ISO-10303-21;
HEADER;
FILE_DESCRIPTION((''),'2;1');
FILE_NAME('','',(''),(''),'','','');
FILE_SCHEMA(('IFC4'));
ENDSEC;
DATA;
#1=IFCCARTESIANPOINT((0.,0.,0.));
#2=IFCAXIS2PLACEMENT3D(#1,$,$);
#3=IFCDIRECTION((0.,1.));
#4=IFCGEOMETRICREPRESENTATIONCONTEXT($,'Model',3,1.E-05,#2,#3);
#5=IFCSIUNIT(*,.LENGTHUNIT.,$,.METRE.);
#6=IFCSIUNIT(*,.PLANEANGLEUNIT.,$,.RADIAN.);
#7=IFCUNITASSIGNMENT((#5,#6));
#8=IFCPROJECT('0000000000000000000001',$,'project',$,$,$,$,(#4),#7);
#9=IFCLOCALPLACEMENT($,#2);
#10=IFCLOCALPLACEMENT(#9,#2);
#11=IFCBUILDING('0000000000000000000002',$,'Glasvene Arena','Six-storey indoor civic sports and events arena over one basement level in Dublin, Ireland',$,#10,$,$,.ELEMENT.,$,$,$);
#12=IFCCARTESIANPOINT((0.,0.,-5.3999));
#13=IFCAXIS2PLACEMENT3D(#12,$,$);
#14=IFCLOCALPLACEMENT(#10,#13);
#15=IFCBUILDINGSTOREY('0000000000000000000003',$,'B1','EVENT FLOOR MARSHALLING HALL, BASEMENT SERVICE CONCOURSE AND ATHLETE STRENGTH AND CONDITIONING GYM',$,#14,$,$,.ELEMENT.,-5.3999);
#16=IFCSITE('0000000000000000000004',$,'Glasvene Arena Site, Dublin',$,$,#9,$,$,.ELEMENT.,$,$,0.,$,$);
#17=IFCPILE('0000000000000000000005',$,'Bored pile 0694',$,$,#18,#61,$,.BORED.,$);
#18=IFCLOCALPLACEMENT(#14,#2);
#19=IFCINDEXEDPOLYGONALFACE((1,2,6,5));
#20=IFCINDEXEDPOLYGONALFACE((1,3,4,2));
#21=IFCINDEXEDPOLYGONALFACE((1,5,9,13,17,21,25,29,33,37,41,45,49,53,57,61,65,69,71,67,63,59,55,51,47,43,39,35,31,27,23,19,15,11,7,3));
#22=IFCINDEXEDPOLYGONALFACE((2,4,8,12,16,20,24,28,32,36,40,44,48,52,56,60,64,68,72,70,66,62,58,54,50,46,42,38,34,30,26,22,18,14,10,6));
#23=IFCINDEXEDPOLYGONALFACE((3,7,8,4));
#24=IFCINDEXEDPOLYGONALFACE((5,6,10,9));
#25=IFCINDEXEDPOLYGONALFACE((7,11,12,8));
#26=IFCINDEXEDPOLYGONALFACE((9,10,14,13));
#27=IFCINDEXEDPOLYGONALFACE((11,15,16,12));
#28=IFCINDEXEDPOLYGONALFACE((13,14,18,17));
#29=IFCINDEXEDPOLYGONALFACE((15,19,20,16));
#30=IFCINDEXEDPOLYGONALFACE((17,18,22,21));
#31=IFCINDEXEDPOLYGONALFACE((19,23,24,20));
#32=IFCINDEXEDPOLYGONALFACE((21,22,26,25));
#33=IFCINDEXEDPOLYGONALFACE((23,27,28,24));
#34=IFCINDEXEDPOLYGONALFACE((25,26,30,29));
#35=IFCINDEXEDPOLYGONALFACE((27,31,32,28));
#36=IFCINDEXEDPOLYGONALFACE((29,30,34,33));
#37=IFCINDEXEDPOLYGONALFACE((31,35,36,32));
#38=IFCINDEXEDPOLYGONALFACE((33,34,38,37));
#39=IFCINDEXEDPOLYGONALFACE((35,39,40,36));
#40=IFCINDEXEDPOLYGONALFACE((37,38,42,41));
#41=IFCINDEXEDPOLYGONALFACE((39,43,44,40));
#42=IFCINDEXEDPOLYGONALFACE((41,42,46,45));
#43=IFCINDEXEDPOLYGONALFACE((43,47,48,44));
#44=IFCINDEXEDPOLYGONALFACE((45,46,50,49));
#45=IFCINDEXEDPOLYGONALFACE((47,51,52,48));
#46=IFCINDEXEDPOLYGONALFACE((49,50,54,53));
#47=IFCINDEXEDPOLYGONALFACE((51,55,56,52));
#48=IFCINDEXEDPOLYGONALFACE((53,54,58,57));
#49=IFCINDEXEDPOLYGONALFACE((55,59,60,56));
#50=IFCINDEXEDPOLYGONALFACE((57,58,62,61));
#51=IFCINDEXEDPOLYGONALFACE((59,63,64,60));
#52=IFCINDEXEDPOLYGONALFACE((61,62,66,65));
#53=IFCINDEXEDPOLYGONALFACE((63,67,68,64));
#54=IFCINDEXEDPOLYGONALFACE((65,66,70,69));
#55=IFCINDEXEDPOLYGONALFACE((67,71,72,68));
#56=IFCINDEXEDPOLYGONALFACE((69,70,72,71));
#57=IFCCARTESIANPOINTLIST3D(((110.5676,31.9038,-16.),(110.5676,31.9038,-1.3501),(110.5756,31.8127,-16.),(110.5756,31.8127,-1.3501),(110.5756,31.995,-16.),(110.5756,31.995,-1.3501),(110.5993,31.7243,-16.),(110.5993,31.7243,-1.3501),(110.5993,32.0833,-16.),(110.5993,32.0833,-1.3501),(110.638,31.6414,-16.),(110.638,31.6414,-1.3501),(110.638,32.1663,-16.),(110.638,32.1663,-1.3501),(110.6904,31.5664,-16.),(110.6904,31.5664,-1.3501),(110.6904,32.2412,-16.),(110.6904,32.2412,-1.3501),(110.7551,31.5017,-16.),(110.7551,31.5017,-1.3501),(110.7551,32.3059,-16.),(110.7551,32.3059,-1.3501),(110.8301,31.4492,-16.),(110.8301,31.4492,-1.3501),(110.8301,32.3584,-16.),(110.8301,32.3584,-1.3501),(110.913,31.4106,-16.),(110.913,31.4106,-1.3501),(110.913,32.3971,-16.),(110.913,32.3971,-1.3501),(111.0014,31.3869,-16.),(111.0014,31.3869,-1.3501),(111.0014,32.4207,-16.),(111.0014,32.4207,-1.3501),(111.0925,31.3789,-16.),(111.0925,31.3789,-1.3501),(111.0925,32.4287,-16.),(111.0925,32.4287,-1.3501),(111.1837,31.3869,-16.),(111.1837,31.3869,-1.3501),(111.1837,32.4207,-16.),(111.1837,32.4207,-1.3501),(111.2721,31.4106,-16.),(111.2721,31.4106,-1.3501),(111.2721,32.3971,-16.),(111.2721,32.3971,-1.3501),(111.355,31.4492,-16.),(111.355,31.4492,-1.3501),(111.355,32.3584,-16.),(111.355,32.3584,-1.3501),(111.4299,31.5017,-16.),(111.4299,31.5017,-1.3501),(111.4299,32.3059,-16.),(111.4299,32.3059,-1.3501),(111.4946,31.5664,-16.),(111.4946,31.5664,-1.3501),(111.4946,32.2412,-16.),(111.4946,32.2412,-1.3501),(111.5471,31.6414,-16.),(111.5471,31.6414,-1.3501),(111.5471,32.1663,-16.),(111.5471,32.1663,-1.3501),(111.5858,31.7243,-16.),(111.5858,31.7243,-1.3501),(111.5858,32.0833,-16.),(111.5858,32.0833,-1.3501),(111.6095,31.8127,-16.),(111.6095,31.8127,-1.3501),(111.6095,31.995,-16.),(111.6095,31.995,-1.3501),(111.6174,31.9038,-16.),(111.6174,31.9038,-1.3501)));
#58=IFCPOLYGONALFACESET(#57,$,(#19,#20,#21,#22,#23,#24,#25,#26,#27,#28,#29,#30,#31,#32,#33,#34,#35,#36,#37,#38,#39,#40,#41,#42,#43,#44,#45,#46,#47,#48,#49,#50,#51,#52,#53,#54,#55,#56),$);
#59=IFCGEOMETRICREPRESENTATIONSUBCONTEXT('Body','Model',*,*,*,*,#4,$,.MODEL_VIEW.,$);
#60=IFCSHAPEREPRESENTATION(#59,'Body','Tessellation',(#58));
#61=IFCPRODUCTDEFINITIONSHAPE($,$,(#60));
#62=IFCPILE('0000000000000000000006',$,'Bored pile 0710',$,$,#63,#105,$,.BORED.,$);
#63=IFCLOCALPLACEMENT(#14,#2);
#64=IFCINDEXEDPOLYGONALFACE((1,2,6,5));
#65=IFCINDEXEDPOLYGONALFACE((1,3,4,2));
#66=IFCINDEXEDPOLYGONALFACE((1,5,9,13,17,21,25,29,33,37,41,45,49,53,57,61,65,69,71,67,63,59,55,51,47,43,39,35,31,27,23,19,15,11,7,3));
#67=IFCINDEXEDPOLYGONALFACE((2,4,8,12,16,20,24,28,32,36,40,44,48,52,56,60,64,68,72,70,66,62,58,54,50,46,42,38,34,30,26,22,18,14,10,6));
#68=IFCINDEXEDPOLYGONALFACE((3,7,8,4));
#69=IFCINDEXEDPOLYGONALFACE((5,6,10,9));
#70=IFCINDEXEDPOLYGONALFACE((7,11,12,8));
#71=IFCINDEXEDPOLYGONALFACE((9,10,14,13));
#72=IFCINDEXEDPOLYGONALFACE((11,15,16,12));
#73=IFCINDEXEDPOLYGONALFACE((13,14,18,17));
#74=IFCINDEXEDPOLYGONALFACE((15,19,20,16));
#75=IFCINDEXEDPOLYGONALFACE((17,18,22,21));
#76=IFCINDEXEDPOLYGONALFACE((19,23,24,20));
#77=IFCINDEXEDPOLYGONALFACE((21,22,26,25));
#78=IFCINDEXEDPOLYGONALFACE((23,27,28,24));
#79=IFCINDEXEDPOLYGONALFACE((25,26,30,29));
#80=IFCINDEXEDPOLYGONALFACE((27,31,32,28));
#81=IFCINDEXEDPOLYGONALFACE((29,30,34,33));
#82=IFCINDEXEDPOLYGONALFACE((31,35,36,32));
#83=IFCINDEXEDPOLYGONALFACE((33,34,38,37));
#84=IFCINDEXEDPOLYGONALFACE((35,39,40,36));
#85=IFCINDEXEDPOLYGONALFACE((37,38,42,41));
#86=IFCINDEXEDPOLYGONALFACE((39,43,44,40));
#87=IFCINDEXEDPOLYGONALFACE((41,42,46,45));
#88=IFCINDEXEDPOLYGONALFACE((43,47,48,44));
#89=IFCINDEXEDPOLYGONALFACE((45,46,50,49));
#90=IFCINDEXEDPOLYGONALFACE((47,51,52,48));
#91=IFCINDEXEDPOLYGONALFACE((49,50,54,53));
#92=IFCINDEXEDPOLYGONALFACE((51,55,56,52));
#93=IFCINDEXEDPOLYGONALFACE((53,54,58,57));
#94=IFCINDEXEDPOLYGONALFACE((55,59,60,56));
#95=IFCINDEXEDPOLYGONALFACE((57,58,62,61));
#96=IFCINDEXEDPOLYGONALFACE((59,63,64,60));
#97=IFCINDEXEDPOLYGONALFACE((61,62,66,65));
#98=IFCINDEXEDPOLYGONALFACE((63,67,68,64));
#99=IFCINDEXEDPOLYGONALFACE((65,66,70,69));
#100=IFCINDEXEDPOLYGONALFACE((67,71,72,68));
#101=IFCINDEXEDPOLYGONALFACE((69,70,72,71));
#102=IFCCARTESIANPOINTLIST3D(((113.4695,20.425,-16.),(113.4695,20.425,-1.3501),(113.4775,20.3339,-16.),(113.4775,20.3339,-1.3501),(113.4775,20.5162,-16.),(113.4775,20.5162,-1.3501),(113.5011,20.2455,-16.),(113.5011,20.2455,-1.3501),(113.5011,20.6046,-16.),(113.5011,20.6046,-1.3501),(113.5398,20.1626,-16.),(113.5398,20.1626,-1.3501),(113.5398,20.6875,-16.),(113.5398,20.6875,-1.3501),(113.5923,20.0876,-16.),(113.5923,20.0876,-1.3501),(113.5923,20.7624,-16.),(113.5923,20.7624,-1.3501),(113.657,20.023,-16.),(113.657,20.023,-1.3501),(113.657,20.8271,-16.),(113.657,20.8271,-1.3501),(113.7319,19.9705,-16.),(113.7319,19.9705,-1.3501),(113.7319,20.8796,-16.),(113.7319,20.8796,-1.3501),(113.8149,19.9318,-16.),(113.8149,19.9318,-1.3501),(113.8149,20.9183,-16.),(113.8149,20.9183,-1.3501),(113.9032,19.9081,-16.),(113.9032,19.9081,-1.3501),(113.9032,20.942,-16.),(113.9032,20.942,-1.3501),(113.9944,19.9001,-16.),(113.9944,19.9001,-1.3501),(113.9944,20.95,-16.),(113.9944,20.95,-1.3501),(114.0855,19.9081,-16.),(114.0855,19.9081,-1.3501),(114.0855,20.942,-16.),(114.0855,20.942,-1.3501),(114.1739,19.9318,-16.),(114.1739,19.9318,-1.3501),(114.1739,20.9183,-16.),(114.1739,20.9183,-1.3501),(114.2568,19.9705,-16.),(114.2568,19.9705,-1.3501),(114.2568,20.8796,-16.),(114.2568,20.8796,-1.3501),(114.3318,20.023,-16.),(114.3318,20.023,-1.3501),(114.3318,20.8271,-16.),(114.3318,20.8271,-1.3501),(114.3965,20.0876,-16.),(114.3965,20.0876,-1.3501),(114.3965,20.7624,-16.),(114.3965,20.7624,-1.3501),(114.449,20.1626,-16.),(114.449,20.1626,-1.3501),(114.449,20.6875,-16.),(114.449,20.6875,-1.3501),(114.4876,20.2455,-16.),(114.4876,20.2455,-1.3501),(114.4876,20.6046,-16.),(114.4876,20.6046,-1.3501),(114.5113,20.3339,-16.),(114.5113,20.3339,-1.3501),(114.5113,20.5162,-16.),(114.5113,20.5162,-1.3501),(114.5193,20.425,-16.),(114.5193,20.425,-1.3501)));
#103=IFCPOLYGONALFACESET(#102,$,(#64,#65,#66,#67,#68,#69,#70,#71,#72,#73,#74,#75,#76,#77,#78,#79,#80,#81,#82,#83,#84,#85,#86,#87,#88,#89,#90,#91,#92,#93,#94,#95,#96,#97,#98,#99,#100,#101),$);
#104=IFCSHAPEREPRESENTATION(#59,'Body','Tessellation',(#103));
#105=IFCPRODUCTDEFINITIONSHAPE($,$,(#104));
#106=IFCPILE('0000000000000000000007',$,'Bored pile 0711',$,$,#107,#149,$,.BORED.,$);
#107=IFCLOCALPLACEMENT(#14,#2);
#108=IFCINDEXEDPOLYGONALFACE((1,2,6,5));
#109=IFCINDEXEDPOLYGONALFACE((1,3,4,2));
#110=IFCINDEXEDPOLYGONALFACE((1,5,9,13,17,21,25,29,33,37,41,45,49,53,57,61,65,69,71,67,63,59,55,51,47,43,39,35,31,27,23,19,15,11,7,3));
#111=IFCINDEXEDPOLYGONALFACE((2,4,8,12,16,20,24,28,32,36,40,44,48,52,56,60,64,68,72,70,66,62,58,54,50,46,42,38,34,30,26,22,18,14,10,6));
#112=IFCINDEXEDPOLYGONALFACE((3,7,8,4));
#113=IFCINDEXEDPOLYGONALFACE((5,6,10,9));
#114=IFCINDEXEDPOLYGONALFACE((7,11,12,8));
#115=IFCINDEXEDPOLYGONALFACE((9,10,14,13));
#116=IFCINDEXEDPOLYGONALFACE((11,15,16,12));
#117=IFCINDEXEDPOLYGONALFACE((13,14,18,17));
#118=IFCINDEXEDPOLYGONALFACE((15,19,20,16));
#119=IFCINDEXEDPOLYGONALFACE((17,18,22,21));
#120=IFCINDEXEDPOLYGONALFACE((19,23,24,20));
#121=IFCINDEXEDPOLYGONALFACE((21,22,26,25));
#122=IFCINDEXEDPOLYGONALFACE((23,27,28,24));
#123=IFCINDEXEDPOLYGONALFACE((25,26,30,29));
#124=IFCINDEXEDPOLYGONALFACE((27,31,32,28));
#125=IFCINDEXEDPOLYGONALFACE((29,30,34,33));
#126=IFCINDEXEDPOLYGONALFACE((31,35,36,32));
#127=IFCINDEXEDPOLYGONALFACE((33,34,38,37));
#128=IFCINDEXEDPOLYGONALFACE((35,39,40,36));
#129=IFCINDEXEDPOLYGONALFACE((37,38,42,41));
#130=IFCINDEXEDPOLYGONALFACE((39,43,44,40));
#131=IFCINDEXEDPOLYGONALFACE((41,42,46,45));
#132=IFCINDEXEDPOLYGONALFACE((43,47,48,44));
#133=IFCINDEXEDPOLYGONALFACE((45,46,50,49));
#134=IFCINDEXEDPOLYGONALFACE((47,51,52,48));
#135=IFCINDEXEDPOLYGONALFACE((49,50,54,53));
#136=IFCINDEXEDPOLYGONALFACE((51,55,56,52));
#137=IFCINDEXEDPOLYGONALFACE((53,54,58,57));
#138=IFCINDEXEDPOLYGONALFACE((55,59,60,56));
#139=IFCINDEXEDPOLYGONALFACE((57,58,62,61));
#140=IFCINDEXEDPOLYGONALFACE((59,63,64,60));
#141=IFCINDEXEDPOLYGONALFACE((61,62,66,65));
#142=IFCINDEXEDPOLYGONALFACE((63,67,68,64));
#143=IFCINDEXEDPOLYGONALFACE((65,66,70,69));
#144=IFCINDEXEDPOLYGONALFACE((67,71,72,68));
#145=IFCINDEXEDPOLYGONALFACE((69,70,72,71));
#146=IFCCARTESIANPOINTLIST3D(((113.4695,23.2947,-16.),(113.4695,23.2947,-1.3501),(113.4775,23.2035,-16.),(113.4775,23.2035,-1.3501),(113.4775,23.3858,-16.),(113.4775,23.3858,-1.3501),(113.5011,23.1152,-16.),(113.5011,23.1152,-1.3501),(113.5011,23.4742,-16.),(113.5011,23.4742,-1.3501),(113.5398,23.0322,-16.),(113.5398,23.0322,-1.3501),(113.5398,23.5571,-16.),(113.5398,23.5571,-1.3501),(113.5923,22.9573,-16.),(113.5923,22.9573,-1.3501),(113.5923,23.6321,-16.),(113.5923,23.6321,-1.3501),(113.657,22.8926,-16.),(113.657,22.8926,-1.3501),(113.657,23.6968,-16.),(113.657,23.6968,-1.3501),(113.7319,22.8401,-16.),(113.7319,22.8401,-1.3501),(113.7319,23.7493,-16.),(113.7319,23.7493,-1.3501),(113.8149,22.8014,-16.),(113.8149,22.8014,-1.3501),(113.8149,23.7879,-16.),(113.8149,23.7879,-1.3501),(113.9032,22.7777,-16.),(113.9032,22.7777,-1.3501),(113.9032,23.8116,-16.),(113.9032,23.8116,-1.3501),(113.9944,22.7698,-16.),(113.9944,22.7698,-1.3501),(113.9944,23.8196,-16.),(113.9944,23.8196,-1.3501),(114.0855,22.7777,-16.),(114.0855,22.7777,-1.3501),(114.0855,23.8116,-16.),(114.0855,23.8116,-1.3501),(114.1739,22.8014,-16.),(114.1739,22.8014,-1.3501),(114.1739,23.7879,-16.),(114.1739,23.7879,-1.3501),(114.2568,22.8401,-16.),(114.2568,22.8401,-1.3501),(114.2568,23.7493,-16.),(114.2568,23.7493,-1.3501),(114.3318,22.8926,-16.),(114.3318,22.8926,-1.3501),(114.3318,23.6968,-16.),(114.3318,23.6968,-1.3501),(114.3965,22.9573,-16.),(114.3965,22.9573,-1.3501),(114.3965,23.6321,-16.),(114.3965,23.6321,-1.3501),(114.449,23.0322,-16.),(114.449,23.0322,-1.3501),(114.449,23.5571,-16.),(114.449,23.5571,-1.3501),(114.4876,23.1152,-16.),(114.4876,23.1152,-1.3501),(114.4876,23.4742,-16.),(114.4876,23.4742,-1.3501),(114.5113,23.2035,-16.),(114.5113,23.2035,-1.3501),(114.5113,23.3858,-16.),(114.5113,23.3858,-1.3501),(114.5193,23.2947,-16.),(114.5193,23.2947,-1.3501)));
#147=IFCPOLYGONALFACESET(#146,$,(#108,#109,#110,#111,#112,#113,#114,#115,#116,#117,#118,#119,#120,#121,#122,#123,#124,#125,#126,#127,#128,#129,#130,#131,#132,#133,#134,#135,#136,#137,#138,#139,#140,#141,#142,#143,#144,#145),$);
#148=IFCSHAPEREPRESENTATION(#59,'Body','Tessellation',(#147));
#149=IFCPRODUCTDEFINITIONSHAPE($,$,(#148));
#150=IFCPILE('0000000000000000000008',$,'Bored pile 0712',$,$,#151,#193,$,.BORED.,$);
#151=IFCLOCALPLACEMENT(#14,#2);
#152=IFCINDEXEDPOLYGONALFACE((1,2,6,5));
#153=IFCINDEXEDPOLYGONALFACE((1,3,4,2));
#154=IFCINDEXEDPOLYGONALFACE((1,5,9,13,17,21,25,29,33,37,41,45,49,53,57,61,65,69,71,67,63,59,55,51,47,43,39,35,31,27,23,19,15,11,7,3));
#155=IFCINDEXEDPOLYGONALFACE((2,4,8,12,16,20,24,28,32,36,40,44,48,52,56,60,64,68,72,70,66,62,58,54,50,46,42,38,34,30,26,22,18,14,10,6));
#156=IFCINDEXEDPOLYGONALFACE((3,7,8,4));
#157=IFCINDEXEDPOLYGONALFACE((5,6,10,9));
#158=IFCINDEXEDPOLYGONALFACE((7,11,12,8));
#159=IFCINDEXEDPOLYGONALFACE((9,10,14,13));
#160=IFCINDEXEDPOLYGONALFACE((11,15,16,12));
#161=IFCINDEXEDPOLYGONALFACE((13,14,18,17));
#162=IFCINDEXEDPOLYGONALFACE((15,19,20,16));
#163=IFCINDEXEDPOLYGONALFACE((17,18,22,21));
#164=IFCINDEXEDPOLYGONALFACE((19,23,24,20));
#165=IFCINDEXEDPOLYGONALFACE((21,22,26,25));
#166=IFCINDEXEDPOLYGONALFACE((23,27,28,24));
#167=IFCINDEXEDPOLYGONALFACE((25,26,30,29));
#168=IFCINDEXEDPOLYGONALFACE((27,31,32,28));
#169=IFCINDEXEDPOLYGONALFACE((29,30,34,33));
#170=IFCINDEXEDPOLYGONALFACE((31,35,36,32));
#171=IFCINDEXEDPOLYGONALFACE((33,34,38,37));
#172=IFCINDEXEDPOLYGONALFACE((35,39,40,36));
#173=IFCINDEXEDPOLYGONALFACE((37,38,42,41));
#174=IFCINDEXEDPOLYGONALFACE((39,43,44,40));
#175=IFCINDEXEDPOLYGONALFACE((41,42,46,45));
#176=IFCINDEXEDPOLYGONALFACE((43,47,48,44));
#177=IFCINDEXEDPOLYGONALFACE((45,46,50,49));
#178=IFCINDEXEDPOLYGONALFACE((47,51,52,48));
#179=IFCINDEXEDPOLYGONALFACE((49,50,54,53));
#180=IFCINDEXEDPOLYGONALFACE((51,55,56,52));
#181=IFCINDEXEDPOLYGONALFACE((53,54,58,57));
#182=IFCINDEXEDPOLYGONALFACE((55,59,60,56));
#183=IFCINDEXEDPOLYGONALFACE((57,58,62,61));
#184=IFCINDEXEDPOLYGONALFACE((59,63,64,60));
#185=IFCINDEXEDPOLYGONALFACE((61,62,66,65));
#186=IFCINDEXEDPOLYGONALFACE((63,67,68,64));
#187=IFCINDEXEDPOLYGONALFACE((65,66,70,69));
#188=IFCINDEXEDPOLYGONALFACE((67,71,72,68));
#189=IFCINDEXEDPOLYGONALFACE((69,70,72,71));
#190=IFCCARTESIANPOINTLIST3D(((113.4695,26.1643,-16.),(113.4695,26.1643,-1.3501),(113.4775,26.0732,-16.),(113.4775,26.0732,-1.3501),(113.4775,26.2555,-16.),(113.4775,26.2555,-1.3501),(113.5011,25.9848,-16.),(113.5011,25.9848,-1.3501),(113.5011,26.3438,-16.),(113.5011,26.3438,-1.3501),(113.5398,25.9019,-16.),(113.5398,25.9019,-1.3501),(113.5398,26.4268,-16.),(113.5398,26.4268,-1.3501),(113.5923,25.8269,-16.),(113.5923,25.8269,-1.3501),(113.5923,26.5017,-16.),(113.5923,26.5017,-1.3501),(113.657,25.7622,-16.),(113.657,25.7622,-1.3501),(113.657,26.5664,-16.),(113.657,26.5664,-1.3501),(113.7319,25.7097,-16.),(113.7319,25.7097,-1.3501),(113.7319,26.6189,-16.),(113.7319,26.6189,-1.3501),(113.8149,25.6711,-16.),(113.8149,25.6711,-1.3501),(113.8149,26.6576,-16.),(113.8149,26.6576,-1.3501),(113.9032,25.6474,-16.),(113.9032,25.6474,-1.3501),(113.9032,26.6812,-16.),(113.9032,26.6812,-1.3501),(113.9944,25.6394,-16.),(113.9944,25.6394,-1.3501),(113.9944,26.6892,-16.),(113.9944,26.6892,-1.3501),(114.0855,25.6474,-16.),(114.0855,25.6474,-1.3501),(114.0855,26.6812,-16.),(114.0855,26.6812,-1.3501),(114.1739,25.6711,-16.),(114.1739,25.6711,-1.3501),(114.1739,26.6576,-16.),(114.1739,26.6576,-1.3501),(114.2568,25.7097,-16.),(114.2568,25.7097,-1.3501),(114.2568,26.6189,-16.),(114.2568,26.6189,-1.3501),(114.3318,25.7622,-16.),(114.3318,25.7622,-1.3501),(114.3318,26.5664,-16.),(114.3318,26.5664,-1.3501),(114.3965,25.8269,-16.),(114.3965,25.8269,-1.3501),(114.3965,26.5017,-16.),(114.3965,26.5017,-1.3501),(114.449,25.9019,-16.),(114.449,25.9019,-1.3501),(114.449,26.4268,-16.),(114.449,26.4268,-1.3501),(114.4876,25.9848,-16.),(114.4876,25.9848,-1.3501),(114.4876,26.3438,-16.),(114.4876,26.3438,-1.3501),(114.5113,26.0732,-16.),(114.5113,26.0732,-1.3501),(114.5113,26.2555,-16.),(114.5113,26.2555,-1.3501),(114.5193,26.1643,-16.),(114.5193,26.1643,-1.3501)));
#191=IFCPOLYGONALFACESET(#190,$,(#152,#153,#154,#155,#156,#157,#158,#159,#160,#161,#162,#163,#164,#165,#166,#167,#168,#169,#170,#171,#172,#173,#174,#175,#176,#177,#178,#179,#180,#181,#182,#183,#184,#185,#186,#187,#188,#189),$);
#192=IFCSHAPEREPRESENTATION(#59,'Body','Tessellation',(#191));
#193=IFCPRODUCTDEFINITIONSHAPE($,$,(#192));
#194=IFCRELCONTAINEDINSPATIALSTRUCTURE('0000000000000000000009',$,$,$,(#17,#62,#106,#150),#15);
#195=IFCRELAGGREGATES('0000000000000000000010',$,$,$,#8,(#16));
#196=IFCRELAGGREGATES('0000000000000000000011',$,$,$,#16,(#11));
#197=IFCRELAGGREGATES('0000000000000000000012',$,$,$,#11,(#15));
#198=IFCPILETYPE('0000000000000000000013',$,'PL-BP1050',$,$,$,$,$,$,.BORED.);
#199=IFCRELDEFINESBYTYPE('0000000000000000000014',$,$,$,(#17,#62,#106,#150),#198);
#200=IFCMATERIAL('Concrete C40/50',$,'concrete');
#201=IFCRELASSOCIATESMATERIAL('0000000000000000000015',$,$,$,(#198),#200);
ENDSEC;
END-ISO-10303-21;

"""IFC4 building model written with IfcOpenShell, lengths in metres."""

from ifc_helpers import new_model, si_unit, direction, frame, origin, origin_2d, place, context, subcontext, project, spatial, circle, extrude, material, material_profile, profile_set, type_object, element, save


model = new_model("IFC4")

# Units and contexts
model_context = context("Model", 3, precision=1e-05, world=origin(), true_north=direction((0.0, 1.0)))
body_context = subcontext(model_context, "Body", "Model", "MODEL_VIEW")
ifc_project = project(units=[si_unit("LENGTHUNIT", "METRE"), si_unit("PLANEANGLEUNIT", "RADIAN")], contexts=[model_context])

# Site, building, storey
site_placement = place(None, origin())
site = spatial("IfcSite", under=ifc_project, at=site_placement, Name="Glasvene Arena Site, Dublin", CompositionType="ELEMENT", RefElevation=0.0)
building_placement = place(site_placement, origin())
building = spatial("IfcBuilding", under=site, at=building_placement, Name="Glasvene Arena", Description="Six-storey indoor civic sports and events arena over one basement level in Dublin, Ireland", CompositionType="ELEMENT")
storey_placement = place(building_placement, frame((0.0, 0.0, -5.3999)))
storey = spatial("IfcBuildingStorey", under=building, at=storey_placement, Name="B1", Description="EVENT FLOOR MARSHALLING HALL, BASEMENT SERVICE CONCOURSE AND ATHLETE STRENGTH AND CONDITIONING GYM", CompositionType="ELEMENT", Elevation=-5.3999)

# Piles
ifc_material_1 = material(Name="Concrete C40/50", Category="concrete")
ifc_material_profile_1 = material_profile(ifc_material_1, circle(Radius=0.5249, at=origin_2d()), Name="BORED PILE 1050")
ifc_profile_set_1 = profile_set([ifc_material_profile_1], Name="Concrete C40/50")
pile_type = type_object("IfcPileType", Name="PL-BP1050", PredefinedType="BORED", material=ifc_profile_set_1)
for number, where, z_axis, x_axis, name in (
    (1, (111.0925, 31.9038, -1.3501), (0.0, 0.0, -1.0), (1.0, 0.0, 0.0), "Bored pile 0694"),
    (2, (113.9944, 20.425, -1.3501), (0.0, 0.0, -1.0), (1.0, 0.0, 0.0), "Bored pile 0710"),
    (3, (113.9944, 23.2947, -1.3501), (0.0, 0.0, -1.0), (1.0, 0.0, 0.0), "Bored pile 0711"),
    (4, (113.9944, 26.1643, -1.3501), (0.0, 0.0, -1.0), (1.0, 0.0, 0.0), "Bored pile 0712"),
):
    element("IfcPile", number, at=place(storey_placement, frame(where, z_axis=z_axis, x_axis=x_axis)), inside=storey, type_object=pile_type, Name=name, PredefinedType="BORED", context=body_context, shape_type="SweptSolid", body=[
        extrude(circle(Radius=0.5249, at=origin_2d()), origin(), (0.0, 0.0, 1.0), 14.6499),
    ])

save(model, "model.ifc")
